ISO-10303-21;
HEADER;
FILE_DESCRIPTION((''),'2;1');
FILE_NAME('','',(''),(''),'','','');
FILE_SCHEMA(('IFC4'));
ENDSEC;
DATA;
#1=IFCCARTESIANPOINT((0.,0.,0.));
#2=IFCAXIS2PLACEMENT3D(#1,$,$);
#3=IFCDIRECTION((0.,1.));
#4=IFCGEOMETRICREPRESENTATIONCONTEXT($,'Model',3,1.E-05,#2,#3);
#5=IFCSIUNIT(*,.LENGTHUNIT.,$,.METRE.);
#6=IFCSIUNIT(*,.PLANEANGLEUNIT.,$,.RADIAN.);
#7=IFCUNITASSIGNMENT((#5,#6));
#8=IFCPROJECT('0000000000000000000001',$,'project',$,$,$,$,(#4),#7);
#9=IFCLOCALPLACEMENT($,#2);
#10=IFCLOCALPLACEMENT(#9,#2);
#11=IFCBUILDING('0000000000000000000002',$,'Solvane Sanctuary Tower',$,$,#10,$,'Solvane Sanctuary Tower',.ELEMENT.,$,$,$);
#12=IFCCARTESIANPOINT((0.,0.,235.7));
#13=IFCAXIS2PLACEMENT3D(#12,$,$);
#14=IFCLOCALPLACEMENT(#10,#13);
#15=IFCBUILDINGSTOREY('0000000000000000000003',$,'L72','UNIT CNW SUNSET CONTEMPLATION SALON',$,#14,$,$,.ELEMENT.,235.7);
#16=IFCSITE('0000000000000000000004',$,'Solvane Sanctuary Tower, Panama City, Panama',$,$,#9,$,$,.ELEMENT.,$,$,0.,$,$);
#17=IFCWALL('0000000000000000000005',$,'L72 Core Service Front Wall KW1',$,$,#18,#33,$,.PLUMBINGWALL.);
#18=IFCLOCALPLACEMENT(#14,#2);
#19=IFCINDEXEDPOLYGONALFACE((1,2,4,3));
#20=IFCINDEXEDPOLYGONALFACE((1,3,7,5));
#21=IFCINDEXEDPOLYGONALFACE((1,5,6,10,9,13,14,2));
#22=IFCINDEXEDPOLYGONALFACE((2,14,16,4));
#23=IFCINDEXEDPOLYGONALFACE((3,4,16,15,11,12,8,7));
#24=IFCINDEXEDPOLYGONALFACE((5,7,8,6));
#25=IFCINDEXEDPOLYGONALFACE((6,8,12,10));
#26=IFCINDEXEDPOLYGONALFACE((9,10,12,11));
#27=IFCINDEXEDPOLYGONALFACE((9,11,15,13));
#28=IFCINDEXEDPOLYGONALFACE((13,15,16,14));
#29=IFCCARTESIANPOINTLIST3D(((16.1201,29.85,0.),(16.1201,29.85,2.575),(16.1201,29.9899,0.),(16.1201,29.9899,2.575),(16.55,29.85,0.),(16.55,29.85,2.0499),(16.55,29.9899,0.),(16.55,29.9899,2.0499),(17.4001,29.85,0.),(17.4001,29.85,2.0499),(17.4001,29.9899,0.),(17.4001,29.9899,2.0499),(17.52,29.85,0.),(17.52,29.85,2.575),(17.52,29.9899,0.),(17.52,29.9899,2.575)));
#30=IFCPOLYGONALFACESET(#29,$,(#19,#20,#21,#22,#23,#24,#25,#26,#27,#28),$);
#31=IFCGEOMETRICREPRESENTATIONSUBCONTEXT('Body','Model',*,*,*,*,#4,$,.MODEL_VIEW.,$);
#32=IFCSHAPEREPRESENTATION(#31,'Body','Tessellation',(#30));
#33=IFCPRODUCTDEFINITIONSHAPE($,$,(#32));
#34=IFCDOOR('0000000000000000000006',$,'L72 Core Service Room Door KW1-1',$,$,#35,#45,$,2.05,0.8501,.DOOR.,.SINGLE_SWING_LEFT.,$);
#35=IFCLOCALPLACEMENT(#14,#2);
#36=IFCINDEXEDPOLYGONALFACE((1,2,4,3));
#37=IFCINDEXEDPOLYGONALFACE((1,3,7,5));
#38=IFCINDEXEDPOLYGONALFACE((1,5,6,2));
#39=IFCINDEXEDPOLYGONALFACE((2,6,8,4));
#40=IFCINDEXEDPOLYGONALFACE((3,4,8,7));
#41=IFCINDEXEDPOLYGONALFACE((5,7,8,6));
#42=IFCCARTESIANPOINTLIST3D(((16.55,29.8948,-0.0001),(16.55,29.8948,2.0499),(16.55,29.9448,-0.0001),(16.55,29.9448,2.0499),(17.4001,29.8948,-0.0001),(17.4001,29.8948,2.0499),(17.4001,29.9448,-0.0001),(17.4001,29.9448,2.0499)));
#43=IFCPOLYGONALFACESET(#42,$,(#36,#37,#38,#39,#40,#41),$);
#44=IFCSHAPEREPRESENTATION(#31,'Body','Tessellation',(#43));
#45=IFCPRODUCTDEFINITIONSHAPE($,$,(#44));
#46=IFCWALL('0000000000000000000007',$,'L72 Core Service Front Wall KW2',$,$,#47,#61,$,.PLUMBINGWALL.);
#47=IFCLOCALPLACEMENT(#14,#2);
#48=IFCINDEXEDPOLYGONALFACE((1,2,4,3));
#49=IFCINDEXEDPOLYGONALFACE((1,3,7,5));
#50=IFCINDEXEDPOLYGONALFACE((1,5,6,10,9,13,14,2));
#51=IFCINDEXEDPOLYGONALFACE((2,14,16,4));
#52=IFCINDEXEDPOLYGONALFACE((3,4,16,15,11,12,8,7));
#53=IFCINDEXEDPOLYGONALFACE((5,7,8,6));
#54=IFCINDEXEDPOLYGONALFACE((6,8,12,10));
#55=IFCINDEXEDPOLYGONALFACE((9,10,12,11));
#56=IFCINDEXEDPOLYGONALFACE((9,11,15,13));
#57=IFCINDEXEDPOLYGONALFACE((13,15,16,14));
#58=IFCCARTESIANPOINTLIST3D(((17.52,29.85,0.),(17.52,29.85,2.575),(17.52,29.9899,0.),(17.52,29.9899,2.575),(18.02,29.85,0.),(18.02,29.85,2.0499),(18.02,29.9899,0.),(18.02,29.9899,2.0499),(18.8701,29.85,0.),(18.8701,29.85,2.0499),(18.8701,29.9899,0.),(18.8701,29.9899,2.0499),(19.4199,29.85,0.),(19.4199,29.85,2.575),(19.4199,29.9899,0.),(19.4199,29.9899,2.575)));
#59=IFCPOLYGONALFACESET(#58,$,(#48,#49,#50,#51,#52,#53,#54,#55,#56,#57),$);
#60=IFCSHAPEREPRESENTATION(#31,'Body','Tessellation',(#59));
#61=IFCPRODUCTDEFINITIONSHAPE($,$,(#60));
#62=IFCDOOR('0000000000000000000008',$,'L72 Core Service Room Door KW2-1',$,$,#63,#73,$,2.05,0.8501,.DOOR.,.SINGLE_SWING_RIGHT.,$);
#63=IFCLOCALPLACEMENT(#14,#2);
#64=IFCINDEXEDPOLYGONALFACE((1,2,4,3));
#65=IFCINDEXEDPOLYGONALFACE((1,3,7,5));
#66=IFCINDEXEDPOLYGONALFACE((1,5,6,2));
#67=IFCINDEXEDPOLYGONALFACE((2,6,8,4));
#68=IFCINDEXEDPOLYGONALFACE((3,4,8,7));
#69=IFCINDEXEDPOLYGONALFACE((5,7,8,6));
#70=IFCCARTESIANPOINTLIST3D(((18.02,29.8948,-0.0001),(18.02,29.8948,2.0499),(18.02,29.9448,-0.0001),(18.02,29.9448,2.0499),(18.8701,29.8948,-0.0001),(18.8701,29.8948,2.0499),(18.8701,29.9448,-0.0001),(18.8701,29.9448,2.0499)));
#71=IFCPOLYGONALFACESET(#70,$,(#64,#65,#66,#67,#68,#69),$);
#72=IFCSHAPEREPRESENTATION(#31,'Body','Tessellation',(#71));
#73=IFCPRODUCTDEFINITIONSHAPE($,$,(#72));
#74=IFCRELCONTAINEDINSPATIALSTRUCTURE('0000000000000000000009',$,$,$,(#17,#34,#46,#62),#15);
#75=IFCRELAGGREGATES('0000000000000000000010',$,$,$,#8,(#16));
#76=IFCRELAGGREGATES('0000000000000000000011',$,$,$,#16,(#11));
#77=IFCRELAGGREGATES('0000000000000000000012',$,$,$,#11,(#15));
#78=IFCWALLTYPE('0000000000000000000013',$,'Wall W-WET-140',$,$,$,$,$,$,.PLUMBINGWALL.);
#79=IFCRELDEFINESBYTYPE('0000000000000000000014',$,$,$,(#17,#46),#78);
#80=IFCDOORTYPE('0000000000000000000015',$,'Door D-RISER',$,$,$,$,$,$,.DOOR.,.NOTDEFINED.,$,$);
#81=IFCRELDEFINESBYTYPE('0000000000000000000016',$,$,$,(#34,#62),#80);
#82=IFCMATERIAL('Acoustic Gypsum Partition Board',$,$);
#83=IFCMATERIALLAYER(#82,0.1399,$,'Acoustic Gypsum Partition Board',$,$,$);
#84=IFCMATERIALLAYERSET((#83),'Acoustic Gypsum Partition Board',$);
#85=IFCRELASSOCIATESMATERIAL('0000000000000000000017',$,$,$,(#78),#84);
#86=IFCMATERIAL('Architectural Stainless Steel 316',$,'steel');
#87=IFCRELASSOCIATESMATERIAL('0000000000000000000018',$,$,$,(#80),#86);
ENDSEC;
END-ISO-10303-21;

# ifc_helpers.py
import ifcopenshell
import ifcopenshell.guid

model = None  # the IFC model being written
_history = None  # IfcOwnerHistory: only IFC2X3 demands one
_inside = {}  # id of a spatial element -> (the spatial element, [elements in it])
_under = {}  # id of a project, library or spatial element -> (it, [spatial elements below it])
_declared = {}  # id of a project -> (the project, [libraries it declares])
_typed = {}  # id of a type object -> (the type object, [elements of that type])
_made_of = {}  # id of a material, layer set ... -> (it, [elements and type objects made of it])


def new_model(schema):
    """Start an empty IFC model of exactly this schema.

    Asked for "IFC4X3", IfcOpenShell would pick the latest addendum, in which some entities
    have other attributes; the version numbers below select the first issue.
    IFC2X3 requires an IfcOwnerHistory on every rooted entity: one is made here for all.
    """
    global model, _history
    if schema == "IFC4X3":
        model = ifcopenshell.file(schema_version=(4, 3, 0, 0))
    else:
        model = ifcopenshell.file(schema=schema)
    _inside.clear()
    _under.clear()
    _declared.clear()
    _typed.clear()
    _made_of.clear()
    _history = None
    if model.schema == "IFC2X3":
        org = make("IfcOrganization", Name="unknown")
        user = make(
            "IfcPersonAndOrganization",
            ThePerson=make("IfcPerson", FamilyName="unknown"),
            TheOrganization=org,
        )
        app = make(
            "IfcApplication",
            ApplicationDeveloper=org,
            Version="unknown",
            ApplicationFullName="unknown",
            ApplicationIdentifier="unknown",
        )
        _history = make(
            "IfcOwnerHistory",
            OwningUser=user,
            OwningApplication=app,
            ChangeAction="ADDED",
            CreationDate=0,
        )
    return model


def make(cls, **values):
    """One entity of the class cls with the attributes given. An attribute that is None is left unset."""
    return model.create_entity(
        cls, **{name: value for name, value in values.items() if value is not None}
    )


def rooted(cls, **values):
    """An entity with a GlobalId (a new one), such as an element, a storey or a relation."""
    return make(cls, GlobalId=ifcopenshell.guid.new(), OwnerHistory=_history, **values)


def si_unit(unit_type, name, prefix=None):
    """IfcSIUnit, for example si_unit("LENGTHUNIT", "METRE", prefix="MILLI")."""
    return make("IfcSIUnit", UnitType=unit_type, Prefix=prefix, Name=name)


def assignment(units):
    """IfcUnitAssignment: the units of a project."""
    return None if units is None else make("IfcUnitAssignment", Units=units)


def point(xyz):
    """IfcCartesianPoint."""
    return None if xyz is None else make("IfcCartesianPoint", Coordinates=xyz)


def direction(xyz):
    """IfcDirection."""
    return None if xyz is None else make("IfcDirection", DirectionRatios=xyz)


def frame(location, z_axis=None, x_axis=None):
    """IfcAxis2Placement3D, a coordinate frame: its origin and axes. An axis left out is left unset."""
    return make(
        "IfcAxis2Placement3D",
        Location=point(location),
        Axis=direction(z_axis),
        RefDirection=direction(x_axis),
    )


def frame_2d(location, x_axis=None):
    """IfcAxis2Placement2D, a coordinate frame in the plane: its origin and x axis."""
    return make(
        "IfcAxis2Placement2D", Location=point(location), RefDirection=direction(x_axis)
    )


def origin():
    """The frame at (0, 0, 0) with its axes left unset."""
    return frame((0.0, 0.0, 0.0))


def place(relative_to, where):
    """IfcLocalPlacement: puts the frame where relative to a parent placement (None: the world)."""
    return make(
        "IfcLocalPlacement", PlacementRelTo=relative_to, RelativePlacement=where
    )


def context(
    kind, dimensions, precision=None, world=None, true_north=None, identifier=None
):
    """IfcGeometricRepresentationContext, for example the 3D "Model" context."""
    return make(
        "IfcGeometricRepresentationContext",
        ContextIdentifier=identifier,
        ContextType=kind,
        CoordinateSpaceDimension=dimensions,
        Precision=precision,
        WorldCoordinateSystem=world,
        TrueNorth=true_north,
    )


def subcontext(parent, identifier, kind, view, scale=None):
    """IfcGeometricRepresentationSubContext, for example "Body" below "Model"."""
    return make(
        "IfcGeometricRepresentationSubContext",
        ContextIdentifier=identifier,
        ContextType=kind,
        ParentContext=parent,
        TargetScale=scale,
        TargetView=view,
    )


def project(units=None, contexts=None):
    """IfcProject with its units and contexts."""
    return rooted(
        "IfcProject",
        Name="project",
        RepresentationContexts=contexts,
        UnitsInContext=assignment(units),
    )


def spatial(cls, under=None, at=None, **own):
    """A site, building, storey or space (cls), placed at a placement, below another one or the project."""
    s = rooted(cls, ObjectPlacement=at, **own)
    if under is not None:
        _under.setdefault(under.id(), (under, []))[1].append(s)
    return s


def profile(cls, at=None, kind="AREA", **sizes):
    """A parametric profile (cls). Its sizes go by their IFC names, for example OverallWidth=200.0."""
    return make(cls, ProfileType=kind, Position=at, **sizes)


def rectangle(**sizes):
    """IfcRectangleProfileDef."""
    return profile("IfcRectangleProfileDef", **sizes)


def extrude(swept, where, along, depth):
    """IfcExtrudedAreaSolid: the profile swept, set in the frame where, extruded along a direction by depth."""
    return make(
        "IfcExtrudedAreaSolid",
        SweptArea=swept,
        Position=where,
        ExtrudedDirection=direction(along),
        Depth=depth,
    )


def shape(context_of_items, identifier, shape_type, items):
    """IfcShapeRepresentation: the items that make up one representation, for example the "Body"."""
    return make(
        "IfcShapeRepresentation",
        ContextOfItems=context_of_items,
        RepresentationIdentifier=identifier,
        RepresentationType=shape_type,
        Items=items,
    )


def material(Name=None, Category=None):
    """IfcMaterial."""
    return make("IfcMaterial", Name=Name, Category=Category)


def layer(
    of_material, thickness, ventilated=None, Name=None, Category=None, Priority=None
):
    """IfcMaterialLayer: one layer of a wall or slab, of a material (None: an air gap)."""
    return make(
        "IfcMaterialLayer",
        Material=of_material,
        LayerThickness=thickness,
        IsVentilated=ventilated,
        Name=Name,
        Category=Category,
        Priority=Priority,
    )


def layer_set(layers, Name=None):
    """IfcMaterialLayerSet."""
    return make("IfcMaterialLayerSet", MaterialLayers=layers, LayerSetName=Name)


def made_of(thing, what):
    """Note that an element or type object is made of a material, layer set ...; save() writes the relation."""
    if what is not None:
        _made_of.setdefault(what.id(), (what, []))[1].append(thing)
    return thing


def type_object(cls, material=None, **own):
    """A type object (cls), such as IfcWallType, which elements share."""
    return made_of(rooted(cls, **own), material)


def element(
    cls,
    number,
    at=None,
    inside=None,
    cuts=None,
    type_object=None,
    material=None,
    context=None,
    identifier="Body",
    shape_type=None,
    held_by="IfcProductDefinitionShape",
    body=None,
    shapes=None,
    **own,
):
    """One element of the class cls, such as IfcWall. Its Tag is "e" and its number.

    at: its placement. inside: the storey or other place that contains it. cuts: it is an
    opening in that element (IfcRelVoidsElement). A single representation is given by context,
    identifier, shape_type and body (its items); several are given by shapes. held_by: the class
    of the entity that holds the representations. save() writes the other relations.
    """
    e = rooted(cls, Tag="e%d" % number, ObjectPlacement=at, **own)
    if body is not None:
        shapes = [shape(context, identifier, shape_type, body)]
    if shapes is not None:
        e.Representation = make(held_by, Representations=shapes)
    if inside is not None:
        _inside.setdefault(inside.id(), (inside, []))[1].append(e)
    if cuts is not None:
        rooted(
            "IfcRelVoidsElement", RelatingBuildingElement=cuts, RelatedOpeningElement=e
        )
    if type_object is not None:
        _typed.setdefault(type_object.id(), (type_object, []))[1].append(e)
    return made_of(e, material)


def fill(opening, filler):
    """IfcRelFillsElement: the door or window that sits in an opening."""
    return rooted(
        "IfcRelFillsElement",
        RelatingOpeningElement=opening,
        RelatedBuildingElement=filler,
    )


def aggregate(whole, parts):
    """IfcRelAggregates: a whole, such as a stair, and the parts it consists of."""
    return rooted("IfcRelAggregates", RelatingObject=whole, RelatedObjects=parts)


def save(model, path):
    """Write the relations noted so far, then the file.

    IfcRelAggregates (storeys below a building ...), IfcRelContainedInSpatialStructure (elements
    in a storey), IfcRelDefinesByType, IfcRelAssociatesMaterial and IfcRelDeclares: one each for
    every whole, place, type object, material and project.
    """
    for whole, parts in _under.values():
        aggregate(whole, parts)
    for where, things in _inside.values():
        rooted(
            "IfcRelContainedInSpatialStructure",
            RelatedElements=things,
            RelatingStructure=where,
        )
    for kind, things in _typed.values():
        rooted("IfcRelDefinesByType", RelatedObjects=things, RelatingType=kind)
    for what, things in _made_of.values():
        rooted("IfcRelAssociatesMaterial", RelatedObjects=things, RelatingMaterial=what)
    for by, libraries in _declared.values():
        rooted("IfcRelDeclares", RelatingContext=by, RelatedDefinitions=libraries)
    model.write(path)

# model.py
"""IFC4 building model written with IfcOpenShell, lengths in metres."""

from ifc_helpers import new_model, si_unit, direction, frame, frame_2d, origin, place, context, subcontext, project, spatial, rectangle, extrude, material, layer, layer_set, type_object, element, fill, save


model = new_model("IFC4")

# Units and contexts
model_context = context("Model", 3, precision=1e-05, world=origin(), true_north=direction((0.0, 1.0)))
body_context = subcontext(model_context, "Body", "Model", "MODEL_VIEW")
ifc_project = project(units=[si_unit("LENGTHUNIT", "METRE"), si_unit("PLANEANGLEUNIT", "RADIAN")], contexts=[model_context])

# Site, building, storey
site_placement = place(None, origin())
site = spatial("IfcSite", under=ifc_project, at=site_placement, Name="Solvane Sanctuary Tower, Panama City, Panama", CompositionType="ELEMENT", RefElevation=0.0)
building_placement = place(site_placement, origin())
building = spatial("IfcBuilding", under=site, at=building_placement, Name="Solvane Sanctuary Tower", LongName="Solvane Sanctuary Tower", CompositionType="ELEMENT")
storey_placement = place(building_placement, frame((0.0, 0.0, 235.7)))
storey = spatial("IfcBuildingStorey", under=building, at=storey_placement, Name="L72", Description="UNIT CNW SUNSET CONTEMPLATION SALON", CompositionType="ELEMENT", Elevation=235.7)

# Shared definitions
ifc_material_1 = material(Name="Acoustic Gypsum Partition Board")

# Walls, openings, doors
ifc_layer_1 = layer(ifc_material_1, 0.1399, Name="Acoustic Gypsum Partition Board")
ifc_layer_set_1 = layer_set([ifc_layer_1], Name="Acoustic Gypsum Partition Board")
wall_type_1 = type_object("IfcWallType", Name="Wall W-WET-140", PredefinedType="PLUMBINGWALL", material=ifc_layer_set_1)
wall_1_placement = place(storey_placement, frame((16.1201, 29.9199, 0.0), z_axis=(0.0, 0.0, 1.0), x_axis=(1.0, 0.0, 0.0)))
wall_1 = element("IfcWall", 1, at=wall_1_placement, inside=storey, type_object=wall_type_1, Name="L72 Core Service Front Wall KW1", PredefinedType="PLUMBINGWALL", context=body_context, shape_type="SweptSolid", body=[
    extrude(rectangle(XDim=1.3999, YDim=0.1399, at=frame_2d((0.7, 0.0))), origin(), (0.0, 0.0, 1.0), 2.575),
])
opening_1_placement = place(wall_1_placement, frame((0.4299, 0.0, 0.0)))
opening_1 = element("IfcOpeningElement", 2, at=opening_1_placement, cuts=wall_1, PredefinedType="OPENING", context=body_context, shape_type="SweptSolid", body=[
    extrude(rectangle(XDim=0.8501, YDim=2.05, at=frame_2d((0.425, 1.0249))), frame((0.0, 0.0798, 0.0), z_axis=(0.0, -1.0, 0.0), x_axis=(1.0, 0.0, 0.0)), (0.0, 0.0, 1.0), 0.1599),
])
ifc_material_2 = material(Name="Architectural Stainless Steel 316", Category="steel")
door_type_1 = type_object("IfcDoorType", Name="Door D-RISER", OperationType="NOTDEFINED", PredefinedType="DOOR", material=ifc_material_2)
door_1_placement = place(opening_1_placement, origin())
door_1 = element("IfcDoor", 3, at=door_1_placement, inside=storey, type_object=door_type_1, Name="L72 Core Service Room Door KW1-1", OperationType="SINGLE_SWING_LEFT", OverallHeight=2.05, OverallWidth=0.8501, PredefinedType="DOOR", context=body_context, shape_type="SweptSolid", body=[
    extrude(rectangle(XDim=0.8501, YDim=2.05, at=frame_2d((0.425, 1.0249))), frame((0.0, 0.0249, 0.0), z_axis=(0.0, -1.0, 0.0), x_axis=(1.0, 0.0, 0.0)), (0.0, 0.0, 1.0), 0.05),
])
fill(opening_1, door_1)
wall_2_placement = place(storey_placement, frame((17.52, 29.9199, 0.0), z_axis=(0.0, 0.0, 1.0), x_axis=(1.0, 0.0, 0.0)))
wall_2 = element("IfcWall", 4, at=wall_2_placement, inside=storey, type_object=wall_type_1, Name="L72 Core Service Front Wall KW2", PredefinedType="PLUMBINGWALL", context=body_context, shape_type="SweptSolid", body=[
    extrude(rectangle(XDim=1.8999, YDim=0.1399, at=frame_2d((0.95, 0.0))), origin(), (0.0, 0.0, 1.0), 2.575),
])
opening_2_placement = place(wall_2_placement, frame((0.5, 0.0, 0.0)))
opening_2 = element("IfcOpeningElement", 5, at=opening_2_placement, cuts=wall_2, PredefinedType="OPENING", context=body_context, shape_type="SweptSolid", body=[
    extrude(rectangle(XDim=0.8501, YDim=2.05, at=frame_2d((0.425, 1.0249))), frame((0.0, 0.0798, 0.0), z_axis=(0.0, -1.0, 0.0), x_axis=(1.0, 0.0, 0.0)), (0.0, 0.0, 1.0), 0.1599),
])
door_2_placement = place(opening_2_placement, origin())
door_2 = element("IfcDoor", 6, at=door_2_placement, inside=storey, type_object=door_type_1, Name="L72 Core Service Room Door KW2-1", OperationType="SINGLE_SWING_RIGHT", OverallHeight=2.05, OverallWidth=0.8501, PredefinedType="DOOR", context=body_context, shape_type="SweptSolid", body=[
    extrude(rectangle(XDim=0.8501, YDim=2.05, at=frame_2d((0.425, 1.0249))), frame((0.0, 0.0249, 0.0), z_axis=(0.0, -1.0, 0.0), x_axis=(1.0, 0.0, 0.0)), (0.0, 0.0, 1.0), 0.05),
])
fill(opening_2, door_2)

save(model, "model.ifc")
